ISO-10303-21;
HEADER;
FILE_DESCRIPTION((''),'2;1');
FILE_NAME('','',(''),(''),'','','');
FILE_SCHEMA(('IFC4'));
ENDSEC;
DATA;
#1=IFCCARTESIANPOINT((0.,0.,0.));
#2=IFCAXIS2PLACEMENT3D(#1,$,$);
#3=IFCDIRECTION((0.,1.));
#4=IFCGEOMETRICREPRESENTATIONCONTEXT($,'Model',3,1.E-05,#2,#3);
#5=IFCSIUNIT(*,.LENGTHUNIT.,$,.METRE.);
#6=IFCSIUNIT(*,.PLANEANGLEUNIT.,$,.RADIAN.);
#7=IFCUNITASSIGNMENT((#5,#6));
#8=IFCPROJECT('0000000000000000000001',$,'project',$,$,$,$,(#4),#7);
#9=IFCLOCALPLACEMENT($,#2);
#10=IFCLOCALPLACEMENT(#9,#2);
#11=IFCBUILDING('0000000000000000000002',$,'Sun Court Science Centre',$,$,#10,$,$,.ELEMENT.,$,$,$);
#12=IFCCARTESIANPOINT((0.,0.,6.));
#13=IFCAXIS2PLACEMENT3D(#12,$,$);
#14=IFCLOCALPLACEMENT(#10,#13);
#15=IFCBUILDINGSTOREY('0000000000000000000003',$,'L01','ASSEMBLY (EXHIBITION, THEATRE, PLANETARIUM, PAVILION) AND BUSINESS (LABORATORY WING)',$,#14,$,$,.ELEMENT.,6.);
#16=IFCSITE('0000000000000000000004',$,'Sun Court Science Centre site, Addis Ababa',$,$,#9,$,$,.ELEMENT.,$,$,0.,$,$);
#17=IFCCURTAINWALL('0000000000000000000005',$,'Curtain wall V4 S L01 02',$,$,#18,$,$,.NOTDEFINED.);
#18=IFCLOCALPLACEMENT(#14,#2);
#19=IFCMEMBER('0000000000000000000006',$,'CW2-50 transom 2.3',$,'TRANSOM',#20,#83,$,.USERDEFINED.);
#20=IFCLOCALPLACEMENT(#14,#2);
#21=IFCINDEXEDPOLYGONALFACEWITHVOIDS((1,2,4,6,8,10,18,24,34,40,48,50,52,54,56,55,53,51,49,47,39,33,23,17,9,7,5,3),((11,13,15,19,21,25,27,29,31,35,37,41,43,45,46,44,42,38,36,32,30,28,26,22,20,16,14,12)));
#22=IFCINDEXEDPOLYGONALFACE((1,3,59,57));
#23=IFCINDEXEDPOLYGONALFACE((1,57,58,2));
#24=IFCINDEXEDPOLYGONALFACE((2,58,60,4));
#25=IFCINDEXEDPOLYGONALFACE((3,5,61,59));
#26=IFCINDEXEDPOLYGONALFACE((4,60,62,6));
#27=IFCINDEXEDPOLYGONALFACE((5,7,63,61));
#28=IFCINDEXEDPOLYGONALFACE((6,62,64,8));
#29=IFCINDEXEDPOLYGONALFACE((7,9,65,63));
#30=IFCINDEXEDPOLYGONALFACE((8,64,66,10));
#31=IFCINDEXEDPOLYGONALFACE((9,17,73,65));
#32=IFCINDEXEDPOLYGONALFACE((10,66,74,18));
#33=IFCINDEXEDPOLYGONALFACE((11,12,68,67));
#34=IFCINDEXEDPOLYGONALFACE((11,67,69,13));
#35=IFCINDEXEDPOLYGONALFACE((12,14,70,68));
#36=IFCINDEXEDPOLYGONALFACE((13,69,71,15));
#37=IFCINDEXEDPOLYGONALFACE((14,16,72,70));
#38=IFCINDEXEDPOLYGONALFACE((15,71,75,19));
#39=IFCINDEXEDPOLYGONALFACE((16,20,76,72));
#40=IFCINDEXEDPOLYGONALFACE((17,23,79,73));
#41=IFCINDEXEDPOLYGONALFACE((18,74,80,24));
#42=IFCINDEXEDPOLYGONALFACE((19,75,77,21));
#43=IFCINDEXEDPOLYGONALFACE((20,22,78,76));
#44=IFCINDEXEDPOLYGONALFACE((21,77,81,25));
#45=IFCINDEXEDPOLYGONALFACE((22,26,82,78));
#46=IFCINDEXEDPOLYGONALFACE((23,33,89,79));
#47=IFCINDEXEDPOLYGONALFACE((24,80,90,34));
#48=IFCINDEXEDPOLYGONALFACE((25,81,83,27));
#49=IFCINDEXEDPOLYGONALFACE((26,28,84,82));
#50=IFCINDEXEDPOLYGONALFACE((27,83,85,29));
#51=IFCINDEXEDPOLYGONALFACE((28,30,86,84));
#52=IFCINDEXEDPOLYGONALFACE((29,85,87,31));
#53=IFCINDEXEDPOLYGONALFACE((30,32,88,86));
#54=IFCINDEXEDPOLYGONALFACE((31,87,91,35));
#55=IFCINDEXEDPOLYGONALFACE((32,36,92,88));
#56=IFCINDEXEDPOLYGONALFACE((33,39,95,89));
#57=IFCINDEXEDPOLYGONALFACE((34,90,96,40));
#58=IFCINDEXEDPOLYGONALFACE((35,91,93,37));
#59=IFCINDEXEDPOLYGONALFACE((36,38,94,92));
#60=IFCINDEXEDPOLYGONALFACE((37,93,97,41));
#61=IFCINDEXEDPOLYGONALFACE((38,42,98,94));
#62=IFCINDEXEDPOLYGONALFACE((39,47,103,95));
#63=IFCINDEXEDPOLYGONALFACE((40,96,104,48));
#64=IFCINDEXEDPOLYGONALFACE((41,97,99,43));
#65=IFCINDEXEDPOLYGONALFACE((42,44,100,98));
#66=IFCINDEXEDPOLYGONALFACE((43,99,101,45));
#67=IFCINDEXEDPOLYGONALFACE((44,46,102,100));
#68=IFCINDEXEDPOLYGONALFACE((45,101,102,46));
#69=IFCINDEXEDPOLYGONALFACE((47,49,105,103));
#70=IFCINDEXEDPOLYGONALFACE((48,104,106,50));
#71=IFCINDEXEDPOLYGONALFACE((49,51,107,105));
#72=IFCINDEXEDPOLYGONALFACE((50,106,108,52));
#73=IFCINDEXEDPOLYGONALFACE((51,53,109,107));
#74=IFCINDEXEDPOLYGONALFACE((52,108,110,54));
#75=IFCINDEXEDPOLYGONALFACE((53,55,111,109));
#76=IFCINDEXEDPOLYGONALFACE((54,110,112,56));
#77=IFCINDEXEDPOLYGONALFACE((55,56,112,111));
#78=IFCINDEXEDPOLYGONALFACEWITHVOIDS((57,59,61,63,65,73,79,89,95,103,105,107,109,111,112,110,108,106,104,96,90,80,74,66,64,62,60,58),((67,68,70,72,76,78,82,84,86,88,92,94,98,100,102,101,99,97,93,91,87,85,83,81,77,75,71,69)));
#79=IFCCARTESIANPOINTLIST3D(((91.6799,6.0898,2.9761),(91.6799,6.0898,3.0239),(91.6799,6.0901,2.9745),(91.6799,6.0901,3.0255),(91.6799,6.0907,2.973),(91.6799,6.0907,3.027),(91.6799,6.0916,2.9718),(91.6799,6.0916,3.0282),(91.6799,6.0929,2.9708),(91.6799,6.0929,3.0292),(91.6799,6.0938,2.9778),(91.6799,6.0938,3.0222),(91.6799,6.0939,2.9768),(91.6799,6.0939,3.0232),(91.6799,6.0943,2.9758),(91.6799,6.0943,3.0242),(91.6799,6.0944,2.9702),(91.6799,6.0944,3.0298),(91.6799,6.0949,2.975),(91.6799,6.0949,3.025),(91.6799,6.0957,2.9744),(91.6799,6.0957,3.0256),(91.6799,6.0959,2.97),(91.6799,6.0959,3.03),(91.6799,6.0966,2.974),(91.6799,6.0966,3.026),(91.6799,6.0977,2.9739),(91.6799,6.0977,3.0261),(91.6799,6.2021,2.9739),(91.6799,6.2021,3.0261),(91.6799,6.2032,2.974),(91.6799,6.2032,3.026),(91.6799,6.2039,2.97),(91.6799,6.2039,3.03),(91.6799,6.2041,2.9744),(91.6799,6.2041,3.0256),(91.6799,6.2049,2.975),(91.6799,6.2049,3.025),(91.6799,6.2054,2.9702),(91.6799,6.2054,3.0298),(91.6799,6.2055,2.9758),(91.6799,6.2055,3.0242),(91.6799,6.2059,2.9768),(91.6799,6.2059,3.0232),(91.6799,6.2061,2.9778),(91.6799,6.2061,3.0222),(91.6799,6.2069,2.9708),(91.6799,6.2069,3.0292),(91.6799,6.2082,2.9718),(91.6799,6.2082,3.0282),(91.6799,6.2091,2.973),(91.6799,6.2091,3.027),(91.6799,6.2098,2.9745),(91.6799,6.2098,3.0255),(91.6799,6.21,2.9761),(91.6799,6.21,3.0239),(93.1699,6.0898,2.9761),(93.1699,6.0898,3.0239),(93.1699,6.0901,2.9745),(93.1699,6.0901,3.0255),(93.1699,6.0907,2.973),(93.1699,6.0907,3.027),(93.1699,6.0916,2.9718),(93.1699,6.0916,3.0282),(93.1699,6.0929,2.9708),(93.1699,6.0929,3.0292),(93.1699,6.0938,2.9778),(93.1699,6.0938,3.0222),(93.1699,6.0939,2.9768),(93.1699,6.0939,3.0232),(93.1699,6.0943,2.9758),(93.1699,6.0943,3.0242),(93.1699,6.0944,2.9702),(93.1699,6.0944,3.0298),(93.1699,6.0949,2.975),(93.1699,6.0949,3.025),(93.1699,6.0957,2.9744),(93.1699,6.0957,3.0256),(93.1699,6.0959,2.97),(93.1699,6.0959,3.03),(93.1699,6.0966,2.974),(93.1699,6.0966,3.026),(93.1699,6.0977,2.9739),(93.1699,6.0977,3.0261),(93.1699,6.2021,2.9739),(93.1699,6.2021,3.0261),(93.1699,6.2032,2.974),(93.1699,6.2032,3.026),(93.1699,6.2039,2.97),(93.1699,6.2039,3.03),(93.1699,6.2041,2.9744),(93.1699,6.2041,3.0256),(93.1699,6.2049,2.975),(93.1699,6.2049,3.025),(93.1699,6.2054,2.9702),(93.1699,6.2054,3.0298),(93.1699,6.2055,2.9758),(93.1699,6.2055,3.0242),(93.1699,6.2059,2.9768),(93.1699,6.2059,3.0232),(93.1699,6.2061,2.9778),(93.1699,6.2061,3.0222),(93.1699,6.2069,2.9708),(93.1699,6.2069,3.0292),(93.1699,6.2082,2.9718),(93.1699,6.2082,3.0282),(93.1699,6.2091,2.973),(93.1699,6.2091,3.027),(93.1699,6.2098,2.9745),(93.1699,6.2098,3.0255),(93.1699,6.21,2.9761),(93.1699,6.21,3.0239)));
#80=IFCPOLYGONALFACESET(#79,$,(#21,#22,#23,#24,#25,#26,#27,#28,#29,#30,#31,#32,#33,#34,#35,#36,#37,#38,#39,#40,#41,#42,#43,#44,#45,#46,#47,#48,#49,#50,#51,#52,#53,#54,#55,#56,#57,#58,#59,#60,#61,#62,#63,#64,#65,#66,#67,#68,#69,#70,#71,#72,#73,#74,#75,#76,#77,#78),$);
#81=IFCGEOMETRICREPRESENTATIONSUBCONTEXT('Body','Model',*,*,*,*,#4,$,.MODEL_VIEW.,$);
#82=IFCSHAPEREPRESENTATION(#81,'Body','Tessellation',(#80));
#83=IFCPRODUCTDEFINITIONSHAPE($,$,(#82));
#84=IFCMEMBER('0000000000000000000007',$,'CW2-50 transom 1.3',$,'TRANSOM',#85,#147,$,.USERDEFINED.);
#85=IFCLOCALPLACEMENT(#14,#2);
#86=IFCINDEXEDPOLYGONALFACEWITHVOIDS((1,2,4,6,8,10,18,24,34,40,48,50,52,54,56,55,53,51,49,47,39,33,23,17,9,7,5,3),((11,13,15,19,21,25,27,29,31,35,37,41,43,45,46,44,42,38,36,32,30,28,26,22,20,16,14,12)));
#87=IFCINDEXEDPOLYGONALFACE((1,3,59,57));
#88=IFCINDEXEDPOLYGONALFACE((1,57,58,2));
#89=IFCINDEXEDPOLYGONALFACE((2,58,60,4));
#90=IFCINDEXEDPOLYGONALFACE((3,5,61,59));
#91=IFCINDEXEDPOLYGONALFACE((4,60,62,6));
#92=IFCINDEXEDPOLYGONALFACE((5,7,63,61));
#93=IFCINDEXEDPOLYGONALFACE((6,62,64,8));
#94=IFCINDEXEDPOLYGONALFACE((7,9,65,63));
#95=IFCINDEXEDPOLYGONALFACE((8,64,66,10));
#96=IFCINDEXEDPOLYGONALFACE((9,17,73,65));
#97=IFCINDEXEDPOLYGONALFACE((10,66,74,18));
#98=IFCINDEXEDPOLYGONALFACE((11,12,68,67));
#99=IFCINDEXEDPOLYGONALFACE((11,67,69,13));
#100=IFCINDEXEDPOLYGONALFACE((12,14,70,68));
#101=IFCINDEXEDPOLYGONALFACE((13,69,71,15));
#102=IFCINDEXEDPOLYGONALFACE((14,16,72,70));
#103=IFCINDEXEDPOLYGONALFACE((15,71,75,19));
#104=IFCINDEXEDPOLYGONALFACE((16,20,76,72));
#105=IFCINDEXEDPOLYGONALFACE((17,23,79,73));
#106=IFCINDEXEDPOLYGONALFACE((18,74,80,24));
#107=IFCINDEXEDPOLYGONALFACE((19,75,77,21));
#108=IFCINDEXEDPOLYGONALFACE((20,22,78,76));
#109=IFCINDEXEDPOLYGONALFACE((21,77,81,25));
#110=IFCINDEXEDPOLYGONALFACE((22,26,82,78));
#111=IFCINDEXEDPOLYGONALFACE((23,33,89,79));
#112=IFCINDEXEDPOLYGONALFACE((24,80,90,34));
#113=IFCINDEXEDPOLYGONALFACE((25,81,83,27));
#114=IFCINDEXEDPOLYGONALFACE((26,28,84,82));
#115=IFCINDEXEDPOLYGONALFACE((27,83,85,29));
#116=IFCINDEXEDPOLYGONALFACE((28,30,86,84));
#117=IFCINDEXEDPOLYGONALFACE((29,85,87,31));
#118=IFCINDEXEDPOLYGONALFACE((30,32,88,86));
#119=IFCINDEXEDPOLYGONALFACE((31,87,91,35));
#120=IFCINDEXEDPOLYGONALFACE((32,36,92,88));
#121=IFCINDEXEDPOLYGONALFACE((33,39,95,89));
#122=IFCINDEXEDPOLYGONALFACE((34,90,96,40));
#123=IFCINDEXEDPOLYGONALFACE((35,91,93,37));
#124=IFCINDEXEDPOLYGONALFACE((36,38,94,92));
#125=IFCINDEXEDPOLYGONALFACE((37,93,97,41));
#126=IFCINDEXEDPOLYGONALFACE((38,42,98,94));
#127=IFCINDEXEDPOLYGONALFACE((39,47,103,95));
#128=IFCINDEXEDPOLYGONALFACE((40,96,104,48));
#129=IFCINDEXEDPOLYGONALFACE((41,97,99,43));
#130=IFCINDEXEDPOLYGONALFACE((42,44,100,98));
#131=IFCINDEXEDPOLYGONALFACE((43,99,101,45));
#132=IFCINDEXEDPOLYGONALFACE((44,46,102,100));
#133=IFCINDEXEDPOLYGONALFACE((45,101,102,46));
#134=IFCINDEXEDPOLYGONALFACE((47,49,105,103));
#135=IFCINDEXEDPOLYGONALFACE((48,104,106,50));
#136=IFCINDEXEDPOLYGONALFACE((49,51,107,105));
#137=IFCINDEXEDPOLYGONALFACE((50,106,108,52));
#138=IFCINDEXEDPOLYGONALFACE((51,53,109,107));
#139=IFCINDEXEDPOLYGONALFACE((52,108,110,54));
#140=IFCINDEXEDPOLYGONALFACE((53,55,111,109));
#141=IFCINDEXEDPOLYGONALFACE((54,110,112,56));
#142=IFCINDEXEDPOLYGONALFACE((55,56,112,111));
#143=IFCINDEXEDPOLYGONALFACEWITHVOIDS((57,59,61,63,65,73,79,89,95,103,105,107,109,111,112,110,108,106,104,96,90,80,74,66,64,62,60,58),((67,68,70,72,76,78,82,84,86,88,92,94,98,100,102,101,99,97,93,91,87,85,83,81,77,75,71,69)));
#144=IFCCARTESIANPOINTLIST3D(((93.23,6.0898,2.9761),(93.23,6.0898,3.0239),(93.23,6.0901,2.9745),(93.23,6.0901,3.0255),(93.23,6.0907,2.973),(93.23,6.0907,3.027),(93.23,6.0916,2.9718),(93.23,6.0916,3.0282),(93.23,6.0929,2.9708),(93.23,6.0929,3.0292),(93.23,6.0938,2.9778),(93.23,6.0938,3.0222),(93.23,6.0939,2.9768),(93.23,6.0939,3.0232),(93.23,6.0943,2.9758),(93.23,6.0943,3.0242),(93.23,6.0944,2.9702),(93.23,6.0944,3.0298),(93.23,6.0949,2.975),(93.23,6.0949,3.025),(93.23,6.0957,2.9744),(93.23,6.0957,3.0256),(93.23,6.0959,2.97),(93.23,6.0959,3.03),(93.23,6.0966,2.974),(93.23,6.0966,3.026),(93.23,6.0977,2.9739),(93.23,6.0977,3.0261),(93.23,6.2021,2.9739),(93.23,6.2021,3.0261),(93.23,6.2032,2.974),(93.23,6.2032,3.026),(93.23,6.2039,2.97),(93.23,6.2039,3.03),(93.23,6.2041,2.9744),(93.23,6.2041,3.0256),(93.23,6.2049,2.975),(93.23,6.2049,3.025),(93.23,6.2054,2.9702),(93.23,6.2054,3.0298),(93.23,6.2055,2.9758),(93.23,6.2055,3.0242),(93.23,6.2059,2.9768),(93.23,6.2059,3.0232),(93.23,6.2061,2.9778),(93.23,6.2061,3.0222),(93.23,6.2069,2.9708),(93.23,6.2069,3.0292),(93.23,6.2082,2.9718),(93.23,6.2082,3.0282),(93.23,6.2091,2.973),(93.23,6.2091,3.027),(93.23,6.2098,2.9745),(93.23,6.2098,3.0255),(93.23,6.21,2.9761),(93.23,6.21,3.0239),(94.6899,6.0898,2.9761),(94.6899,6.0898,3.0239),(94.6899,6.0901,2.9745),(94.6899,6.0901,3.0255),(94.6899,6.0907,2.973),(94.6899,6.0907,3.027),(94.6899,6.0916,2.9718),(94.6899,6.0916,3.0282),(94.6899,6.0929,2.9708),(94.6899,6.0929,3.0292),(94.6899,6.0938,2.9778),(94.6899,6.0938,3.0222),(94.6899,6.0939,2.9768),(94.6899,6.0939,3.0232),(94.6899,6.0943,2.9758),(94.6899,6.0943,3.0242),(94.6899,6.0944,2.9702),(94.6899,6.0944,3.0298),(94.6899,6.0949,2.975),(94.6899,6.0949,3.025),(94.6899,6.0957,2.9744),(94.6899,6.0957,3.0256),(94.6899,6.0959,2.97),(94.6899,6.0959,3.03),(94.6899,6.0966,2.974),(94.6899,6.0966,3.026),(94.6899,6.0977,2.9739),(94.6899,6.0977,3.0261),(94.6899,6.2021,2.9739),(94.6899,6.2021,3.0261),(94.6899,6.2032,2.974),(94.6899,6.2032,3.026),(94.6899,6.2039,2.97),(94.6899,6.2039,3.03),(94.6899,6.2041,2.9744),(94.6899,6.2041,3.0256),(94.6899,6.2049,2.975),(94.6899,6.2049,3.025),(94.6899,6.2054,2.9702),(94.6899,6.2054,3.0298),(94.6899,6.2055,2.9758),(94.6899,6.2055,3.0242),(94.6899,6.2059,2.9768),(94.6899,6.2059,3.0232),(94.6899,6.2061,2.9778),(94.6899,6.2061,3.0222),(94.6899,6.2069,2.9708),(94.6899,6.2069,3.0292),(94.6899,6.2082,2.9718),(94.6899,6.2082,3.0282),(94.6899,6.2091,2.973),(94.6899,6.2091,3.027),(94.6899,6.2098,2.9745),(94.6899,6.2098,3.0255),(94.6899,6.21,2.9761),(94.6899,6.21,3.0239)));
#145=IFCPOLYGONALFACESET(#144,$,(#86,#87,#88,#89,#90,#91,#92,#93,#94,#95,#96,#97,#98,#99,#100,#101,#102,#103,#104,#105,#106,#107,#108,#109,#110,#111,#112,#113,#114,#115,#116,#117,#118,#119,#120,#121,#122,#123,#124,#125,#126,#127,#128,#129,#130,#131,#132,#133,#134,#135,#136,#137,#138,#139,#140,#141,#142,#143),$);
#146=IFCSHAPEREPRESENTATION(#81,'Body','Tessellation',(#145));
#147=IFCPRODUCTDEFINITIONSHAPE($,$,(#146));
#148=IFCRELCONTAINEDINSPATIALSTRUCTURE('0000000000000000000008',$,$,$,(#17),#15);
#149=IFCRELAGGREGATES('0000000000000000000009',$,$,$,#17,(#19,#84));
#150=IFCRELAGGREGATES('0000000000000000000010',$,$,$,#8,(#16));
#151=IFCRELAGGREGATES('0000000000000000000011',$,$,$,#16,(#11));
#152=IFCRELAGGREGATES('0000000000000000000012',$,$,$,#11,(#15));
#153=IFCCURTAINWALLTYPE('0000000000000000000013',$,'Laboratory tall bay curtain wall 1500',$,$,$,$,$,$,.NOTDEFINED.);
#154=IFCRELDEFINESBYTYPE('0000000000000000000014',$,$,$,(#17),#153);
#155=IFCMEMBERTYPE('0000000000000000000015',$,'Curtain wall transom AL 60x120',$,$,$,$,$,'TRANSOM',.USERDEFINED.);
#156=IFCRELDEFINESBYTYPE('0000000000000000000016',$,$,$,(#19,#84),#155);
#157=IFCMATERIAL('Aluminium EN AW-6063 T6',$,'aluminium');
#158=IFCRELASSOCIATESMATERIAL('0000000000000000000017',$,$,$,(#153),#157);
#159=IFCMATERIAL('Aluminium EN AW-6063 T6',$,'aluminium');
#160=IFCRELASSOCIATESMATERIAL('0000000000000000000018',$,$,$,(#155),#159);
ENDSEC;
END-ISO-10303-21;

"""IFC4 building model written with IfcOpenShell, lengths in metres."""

from ifc_helpers import new_model, si_unit, direction, frame, origin, origin_2d, place, context, subcontext, project, spatial, hollow_rectangle, extrude, material, material_profile, profile_set, type_object, element, aggregate, save


model = new_model("IFC4")

# Units and contexts
model_context = context("Model", 3, precision=1e-05, world=origin(), true_north=direction((0.0, 1.0)))
body_context = subcontext(model_context, "Body", "Model", "MODEL_VIEW")
ifc_project = project(units=[si_unit("LENGTHUNIT", "METRE"), si_unit("PLANEANGLEUNIT", "RADIAN")], contexts=[model_context])

# Site, building, storey
site_placement = place(None, origin())
site = spatial("IfcSite", under=ifc_project, at=site_placement, Name="Sun Court Science Centre site, Addis Ababa", CompositionType="ELEMENT", RefElevation=0.0)
building_placement = place(site_placement, origin())
building = spatial("IfcBuilding", under=site, at=building_placement, Name="Sun Court Science Centre", CompositionType="ELEMENT")
storey_placement = place(building_placement, frame((0.0, 0.0, 6.0)))
storey = spatial("IfcBuildingStorey", under=building, at=storey_placement, Name="L01", Description="ASSEMBLY (EXHIBITION, THEATRE, PLANETARIUM, PAVILION) AND BUSINESS (LABORATORY WING)", CompositionType="ELEMENT", Elevation=6.0)

# Curtain wall
ifc_material_1 = material(Name="Aluminium EN AW-6063 T6", Category="aluminium")
curtain_wall_type = type_object("IfcCurtainWallType", Name="Laboratory tall bay curtain wall 1500", PredefinedType="NOTDEFINED", material=ifc_material_1)
curtain_wall_1_placement = place(storey_placement, origin())
curtain_wall_1 = element("IfcCurtainWall", 1, at=curtain_wall_1_placement, inside=storey, type_object=curtain_wall_type, Name="Curtain wall V4 S L01 02", PredefinedType="NOTDEFINED")

# Members
ifc_material_2 = material(Name="Aluminium EN AW-6063 T6", Category="aluminium")
ifc_material_profile_1 = material_profile(ifc_material_2, hollow_rectangle(XDim=0.0601, YDim=0.1201, WallThickness=0.0039, InnerFilletRadius=0.0039, OuterFilletRadius=0.0061, at=origin_2d()), Name="AL 60x120x4")
ifc_profile_set_1 = profile_set([ifc_material_profile_1], Name="Aluminium EN AW-6063 T6")
member_type_1 = type_object("IfcMemberType", Name="Curtain wall transom AL 60x120", ElementType="TRANSOM", PredefinedType="USERDEFINED", material=ifc_profile_set_1)
member_1_placement = place(storey_placement, frame((93.1699, 6.1499, 3.0), z_axis=(-1.0, 0.0, 0.0), x_axis=(0.0, 0.0, 1.0)))
member_1 = element("IfcMember", 2, at=member_1_placement, type_object=member_type_1, Name="CW2-50 transom 2.3", ObjectType="TRANSOM", PredefinedType="USERDEFINED", context=body_context, shape_type="SweptSolid", body=[
    extrude(hollow_rectangle(XDim=0.0601, YDim=0.1201, WallThickness=0.0039, InnerFilletRadius=0.0039, OuterFilletRadius=0.0061, at=origin_2d()), origin(), (0.0, 0.0, 1.0), 1.49),
])
member_2_placement = place(storey_placement, frame((94.6899, 6.1499, 3.0), z_axis=(-1.0, 0.0, 0.0), x_axis=(0.0, 0.0, 1.0)))
member_2 = element("IfcMember", 3, at=member_2_placement, type_object=member_type_1, Name="CW2-50 transom 1.3", ObjectType="TRANSOM", PredefinedType="USERDEFINED", context=body_context, shape_type="SweptSolid", body=[
    extrude(hollow_rectangle(XDim=0.0601, YDim=0.1201, WallThickness=0.0039, InnerFilletRadius=0.0039, OuterFilletRadius=0.0061, at=origin_2d()), origin(), (0.0, 0.0, 1.0), 1.46),
])

aggregate(curtain_wall_1, [member_1, member_2])

save(model, "model.ifc")
